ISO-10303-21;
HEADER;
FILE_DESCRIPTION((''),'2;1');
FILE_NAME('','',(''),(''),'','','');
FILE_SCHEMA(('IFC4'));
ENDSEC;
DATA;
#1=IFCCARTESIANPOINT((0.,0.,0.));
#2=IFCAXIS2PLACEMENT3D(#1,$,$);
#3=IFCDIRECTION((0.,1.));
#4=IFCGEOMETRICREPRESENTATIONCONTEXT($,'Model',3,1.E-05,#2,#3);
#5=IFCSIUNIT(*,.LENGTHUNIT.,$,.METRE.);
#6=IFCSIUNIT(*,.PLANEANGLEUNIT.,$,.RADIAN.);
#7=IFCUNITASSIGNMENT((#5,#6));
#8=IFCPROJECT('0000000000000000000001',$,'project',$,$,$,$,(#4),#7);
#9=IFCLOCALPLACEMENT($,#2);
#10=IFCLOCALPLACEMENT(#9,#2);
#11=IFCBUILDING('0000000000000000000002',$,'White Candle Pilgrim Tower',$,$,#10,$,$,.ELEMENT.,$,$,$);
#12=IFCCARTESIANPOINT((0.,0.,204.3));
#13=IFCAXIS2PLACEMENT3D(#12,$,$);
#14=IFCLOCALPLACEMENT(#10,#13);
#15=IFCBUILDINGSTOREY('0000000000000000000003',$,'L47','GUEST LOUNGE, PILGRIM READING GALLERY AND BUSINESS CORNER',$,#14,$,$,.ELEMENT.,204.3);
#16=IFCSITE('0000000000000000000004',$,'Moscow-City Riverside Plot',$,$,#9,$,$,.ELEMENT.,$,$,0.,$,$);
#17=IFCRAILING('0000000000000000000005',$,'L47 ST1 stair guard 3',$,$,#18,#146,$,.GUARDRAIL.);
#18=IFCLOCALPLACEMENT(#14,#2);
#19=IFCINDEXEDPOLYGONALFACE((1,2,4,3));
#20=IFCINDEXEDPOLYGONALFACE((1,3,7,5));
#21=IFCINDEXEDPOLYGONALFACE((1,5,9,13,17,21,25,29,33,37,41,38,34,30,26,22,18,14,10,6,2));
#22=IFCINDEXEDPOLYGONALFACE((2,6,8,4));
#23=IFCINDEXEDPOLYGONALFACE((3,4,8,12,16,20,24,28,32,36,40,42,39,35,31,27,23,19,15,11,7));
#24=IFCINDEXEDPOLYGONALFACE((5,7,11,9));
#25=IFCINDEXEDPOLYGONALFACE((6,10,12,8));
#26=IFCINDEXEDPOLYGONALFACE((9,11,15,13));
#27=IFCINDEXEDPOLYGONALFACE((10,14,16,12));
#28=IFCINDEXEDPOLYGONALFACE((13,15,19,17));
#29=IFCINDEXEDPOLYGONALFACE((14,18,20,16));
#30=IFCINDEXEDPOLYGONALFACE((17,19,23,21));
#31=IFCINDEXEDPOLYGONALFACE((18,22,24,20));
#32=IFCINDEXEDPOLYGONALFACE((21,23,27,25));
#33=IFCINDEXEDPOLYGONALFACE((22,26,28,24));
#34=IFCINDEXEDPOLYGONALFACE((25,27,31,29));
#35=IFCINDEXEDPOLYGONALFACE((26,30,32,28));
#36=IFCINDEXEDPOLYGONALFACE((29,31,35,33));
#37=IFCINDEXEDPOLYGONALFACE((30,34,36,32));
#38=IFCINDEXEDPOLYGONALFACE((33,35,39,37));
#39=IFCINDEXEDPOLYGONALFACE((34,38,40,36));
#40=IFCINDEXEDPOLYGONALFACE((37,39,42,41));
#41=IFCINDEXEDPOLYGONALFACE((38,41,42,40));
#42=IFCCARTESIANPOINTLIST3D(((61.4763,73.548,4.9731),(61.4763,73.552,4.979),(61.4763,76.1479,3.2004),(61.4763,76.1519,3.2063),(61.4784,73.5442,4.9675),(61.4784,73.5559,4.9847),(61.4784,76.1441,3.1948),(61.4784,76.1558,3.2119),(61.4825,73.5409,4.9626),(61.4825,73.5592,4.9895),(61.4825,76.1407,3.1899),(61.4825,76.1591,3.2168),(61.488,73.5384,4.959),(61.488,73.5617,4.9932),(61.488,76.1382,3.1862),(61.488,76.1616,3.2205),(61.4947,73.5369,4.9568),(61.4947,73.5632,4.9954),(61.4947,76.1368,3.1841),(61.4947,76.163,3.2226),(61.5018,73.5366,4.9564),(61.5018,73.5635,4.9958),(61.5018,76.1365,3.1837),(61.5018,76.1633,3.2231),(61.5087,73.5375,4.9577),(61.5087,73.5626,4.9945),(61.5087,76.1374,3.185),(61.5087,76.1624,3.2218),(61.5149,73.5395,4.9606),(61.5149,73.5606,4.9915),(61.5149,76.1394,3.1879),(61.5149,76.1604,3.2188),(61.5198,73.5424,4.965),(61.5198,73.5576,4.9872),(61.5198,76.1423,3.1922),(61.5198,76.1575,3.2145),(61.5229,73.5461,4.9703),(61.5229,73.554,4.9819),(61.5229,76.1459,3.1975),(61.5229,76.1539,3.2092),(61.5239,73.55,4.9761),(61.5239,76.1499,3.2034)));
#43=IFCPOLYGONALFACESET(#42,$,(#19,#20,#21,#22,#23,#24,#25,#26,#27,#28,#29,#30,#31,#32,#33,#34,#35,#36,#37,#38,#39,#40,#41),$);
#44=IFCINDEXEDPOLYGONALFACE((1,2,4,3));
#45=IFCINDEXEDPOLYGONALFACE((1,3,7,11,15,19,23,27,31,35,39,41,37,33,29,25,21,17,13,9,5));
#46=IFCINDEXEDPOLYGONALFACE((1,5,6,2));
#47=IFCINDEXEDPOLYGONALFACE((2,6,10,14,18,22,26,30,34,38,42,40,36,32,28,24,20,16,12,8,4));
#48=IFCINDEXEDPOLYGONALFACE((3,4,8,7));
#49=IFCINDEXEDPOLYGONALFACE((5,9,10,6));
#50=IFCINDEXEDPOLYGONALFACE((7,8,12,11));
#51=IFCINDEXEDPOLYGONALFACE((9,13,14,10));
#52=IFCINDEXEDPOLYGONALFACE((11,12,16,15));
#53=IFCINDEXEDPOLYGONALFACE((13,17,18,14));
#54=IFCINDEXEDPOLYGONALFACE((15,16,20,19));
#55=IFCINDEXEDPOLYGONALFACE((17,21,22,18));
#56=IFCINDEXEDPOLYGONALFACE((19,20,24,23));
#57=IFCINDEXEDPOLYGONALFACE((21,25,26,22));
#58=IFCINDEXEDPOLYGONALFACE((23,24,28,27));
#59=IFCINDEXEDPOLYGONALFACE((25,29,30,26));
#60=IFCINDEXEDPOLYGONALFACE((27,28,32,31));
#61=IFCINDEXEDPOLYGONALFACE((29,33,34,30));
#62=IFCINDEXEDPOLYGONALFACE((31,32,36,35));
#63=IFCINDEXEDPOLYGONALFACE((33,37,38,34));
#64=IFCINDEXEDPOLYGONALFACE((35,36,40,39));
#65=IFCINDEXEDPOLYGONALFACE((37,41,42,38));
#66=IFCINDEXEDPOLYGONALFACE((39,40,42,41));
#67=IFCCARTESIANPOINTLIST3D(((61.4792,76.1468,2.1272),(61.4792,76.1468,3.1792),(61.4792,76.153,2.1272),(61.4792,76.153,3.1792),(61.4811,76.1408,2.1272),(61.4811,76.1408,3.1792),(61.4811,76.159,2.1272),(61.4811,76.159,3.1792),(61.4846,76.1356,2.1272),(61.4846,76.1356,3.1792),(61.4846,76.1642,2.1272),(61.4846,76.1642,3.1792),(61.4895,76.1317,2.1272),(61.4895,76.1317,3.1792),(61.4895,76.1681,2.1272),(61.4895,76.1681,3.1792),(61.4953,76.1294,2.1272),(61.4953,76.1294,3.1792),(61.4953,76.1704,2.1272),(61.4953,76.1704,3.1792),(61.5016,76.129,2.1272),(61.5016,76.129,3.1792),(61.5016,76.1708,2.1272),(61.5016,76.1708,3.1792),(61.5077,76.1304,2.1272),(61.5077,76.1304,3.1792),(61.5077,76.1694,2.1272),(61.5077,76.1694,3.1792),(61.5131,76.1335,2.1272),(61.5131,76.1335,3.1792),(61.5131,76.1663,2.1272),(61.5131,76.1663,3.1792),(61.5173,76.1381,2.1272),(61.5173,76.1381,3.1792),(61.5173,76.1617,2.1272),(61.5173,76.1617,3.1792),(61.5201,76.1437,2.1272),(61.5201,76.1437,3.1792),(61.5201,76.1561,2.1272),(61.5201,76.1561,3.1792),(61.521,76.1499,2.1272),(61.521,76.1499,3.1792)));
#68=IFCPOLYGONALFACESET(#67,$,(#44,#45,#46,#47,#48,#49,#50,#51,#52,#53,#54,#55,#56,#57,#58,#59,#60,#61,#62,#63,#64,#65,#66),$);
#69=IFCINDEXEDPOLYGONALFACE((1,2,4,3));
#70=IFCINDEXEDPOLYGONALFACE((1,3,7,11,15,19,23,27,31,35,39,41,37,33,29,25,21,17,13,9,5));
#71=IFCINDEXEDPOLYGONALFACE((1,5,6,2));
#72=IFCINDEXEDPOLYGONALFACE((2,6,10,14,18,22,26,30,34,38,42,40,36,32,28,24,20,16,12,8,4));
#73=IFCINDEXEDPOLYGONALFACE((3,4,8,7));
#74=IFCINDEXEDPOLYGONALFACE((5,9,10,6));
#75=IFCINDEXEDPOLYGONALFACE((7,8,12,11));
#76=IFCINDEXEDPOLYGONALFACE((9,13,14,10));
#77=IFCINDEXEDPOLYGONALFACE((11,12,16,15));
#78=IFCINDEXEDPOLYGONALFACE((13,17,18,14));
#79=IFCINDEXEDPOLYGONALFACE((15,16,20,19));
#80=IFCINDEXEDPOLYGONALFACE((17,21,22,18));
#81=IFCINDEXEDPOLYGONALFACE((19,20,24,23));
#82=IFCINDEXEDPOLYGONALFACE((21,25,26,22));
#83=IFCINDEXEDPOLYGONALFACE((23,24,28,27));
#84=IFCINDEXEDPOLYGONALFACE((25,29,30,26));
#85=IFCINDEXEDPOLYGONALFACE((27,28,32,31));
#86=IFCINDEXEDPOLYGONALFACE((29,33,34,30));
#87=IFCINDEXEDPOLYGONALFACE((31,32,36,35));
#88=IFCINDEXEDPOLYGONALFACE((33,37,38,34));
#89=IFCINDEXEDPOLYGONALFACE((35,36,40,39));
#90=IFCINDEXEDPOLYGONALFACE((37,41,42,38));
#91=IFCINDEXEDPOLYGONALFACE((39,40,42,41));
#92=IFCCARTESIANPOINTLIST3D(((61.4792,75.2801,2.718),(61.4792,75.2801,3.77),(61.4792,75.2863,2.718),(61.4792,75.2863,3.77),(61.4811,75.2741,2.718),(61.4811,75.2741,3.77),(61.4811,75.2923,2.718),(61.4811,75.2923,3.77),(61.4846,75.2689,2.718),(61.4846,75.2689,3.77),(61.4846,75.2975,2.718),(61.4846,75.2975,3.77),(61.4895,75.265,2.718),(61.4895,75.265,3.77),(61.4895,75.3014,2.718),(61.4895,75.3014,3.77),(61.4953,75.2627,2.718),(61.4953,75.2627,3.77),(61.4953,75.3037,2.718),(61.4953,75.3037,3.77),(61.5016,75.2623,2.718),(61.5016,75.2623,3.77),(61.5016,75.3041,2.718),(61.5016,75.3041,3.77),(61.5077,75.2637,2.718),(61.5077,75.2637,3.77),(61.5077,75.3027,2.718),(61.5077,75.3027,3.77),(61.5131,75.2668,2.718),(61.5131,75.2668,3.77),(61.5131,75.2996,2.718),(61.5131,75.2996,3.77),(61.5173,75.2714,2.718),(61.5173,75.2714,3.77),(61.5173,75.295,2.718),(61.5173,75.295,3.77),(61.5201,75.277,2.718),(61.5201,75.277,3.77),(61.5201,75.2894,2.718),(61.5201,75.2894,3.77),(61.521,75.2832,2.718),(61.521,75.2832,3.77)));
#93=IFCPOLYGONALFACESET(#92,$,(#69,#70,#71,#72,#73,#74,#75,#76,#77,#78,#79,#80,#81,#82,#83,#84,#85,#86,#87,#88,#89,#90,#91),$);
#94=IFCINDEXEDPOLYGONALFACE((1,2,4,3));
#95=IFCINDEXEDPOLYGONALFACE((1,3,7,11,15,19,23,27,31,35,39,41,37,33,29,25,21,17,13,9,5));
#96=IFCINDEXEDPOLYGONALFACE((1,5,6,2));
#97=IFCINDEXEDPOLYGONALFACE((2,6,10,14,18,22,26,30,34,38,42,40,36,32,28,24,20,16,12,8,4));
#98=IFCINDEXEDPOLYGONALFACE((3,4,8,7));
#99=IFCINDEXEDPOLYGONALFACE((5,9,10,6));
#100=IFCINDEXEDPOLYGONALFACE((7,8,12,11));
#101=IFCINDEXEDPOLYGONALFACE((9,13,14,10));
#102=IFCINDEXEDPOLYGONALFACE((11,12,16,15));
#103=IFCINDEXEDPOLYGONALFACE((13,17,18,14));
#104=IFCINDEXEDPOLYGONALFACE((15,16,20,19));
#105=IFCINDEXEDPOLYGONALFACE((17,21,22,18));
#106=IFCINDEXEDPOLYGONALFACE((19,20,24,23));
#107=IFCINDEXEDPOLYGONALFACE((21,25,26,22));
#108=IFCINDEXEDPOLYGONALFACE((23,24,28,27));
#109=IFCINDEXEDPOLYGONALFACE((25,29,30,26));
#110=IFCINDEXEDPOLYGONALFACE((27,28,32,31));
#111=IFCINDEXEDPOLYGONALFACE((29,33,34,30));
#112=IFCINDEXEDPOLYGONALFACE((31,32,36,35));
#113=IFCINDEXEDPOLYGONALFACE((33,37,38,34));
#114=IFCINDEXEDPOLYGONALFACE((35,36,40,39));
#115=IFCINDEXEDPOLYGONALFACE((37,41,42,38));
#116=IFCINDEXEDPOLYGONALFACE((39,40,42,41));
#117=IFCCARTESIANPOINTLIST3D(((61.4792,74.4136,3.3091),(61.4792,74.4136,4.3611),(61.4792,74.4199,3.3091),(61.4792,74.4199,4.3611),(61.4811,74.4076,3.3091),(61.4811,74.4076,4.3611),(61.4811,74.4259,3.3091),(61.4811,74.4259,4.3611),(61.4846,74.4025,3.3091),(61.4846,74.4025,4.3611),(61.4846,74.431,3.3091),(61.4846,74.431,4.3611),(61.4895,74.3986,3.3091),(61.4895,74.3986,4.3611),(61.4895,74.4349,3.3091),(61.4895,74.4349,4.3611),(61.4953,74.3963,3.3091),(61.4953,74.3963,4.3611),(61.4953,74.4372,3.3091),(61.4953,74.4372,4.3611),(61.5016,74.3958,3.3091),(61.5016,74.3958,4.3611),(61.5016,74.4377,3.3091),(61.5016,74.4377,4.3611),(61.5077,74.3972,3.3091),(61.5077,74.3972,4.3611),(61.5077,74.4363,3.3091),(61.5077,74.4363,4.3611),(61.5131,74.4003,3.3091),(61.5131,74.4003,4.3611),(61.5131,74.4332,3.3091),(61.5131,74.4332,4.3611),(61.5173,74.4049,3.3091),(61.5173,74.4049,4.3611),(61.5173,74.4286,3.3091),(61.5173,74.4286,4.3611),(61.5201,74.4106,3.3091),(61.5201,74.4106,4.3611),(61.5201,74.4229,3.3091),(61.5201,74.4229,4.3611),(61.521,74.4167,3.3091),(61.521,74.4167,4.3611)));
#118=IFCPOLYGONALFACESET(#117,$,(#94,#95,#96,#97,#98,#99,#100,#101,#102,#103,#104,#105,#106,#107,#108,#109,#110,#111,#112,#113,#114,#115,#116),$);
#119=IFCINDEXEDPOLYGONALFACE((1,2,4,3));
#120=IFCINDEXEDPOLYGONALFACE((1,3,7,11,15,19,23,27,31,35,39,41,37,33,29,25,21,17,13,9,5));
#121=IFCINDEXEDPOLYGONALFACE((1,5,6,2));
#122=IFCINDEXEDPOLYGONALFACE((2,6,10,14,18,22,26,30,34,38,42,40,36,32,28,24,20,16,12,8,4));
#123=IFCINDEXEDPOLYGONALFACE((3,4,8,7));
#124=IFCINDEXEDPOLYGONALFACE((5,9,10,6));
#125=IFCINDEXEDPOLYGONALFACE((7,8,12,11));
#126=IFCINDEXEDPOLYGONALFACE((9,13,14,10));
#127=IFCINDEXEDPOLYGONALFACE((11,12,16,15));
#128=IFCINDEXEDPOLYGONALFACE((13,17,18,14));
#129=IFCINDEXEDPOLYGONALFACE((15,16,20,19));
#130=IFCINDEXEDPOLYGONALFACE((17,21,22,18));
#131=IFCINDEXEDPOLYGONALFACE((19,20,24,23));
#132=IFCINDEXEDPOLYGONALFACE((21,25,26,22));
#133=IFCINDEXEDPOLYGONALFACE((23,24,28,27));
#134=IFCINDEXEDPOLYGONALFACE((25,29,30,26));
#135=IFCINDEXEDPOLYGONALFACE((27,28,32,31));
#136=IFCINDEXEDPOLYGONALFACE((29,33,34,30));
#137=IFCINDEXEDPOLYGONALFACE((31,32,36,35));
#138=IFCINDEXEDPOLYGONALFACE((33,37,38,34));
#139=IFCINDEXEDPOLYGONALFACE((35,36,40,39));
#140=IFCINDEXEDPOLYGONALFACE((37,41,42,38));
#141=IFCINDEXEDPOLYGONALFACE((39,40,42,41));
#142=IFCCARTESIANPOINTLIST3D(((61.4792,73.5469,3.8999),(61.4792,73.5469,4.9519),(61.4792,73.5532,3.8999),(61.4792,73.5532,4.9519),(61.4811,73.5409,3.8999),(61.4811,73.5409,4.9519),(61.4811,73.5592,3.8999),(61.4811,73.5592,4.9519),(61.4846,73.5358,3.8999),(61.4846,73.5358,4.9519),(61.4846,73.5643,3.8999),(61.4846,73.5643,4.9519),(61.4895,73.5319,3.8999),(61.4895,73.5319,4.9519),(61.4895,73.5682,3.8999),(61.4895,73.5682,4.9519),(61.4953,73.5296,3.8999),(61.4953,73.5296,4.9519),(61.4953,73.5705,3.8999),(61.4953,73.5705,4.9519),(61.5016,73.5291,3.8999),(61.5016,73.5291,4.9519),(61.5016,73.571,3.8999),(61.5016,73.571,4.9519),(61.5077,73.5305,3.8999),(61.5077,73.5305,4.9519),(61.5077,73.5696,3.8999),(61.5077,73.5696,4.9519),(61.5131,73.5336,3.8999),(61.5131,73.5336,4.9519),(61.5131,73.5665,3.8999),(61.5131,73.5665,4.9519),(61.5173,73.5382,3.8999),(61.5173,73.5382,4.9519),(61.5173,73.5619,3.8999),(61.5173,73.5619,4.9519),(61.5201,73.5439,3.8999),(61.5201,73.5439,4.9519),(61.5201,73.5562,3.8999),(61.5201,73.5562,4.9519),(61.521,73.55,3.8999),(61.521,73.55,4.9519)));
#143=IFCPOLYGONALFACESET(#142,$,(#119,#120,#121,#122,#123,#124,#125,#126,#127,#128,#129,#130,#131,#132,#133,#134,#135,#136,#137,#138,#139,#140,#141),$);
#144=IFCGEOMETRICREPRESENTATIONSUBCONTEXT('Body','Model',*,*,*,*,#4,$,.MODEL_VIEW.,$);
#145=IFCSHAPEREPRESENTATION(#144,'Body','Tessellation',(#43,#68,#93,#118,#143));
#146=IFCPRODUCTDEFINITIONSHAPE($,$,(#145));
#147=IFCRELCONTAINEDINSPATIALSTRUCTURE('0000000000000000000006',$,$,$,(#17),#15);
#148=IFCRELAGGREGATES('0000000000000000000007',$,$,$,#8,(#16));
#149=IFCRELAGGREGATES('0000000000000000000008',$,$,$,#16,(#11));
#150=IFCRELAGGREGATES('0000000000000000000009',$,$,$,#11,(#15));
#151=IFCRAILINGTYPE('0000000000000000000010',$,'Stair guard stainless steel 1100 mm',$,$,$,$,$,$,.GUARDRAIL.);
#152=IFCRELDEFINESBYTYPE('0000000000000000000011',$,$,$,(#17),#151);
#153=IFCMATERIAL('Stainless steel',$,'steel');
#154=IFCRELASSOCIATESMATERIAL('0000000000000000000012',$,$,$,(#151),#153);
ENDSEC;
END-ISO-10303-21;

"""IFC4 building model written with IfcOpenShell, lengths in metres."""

from ifc_helpers import new_model, si_unit, direction, frame, origin, origin_2d, place, context, subcontext, project, spatial, circle, extrude, material, type_object, element, save


model = new_model("IFC4")

# Units and contexts
model_context = context("Model", 3, precision=1e-05, world=origin(), true_north=direction((0.0, 1.0)))
body_context = subcontext(model_context, "Body", "Model", "MODEL_VIEW")
ifc_project = project(units=[si_unit("LENGTHUNIT", "METRE"), si_unit("PLANEANGLEUNIT", "RADIAN")], contexts=[model_context])

# Site, building, storey
site_placement = place(None, origin())
site = spatial("IfcSite", under=ifc_project, at=site_placement, Name="Moscow-City Riverside Plot", CompositionType="ELEMENT", RefElevation=0.0)
building_placement = place(site_placement, origin())
building = spatial("IfcBuilding", under=site, at=building_placement, Name="White Candle Pilgrim Tower", CompositionType="ELEMENT")
storey_placement = place(building_placement, frame((0.0, 0.0, 204.3)))
storey = spatial("IfcBuildingStorey", under=building, at=storey_placement, Name="L47", Description="GUEST LOUNGE, PILGRIM READING GALLERY AND BUSINESS CORNER", CompositionType="ELEMENT", Elevation=204.3)

# Shared definitions
ifc_material_1 = material(Name="Stainless steel", Category="steel")

# Railing
railing_type_1 = type_object("IfcRailingType", Name="Stair guard stainless steel 1100 mm", PredefinedType="GUARDRAIL", material=ifc_material_1)
railing_1_placement = place(storey_placement, frame((61.5, 76.1499, 2.1272)))
element("IfcRailing", 1, at=railing_1_placement, inside=storey, type_object=railing_type_1, Name="L47 ST1 stair guard 3", PredefinedType="GUARDRAIL", context=body_context, shape_type="SweptSolid", body=[
    extrude(circle(Radius=0.0239, at=origin_2d()), frame((0.0, 0.0, 1.0762), z_axis=(0.0, -0.826216, 0.563354), x_axis=(1.0, 0.0, 0.0)), (0.0, 0.0, 1.0), 3.1467),
    extrude(circle(Radius=0.021, at=origin_2d()), origin(), (0.0, 0.0, 1.0), 1.052),
    extrude(circle(Radius=0.021, at=origin_2d()), frame((0.0, -0.8667, 0.5908)), (0.0, 0.0, 1.0), 1.052),
    extrude(circle(Radius=0.021, at=origin_2d()), frame((0.0, -1.7332, 1.1819)), (0.0, 0.0, 1.0), 1.052),
    extrude(circle(Radius=0.021, at=origin_2d()), frame((0.0, -2.5999, 1.7727)), (0.0, 0.0, 1.0), 1.052),
])

save(model, "model.ifc")
